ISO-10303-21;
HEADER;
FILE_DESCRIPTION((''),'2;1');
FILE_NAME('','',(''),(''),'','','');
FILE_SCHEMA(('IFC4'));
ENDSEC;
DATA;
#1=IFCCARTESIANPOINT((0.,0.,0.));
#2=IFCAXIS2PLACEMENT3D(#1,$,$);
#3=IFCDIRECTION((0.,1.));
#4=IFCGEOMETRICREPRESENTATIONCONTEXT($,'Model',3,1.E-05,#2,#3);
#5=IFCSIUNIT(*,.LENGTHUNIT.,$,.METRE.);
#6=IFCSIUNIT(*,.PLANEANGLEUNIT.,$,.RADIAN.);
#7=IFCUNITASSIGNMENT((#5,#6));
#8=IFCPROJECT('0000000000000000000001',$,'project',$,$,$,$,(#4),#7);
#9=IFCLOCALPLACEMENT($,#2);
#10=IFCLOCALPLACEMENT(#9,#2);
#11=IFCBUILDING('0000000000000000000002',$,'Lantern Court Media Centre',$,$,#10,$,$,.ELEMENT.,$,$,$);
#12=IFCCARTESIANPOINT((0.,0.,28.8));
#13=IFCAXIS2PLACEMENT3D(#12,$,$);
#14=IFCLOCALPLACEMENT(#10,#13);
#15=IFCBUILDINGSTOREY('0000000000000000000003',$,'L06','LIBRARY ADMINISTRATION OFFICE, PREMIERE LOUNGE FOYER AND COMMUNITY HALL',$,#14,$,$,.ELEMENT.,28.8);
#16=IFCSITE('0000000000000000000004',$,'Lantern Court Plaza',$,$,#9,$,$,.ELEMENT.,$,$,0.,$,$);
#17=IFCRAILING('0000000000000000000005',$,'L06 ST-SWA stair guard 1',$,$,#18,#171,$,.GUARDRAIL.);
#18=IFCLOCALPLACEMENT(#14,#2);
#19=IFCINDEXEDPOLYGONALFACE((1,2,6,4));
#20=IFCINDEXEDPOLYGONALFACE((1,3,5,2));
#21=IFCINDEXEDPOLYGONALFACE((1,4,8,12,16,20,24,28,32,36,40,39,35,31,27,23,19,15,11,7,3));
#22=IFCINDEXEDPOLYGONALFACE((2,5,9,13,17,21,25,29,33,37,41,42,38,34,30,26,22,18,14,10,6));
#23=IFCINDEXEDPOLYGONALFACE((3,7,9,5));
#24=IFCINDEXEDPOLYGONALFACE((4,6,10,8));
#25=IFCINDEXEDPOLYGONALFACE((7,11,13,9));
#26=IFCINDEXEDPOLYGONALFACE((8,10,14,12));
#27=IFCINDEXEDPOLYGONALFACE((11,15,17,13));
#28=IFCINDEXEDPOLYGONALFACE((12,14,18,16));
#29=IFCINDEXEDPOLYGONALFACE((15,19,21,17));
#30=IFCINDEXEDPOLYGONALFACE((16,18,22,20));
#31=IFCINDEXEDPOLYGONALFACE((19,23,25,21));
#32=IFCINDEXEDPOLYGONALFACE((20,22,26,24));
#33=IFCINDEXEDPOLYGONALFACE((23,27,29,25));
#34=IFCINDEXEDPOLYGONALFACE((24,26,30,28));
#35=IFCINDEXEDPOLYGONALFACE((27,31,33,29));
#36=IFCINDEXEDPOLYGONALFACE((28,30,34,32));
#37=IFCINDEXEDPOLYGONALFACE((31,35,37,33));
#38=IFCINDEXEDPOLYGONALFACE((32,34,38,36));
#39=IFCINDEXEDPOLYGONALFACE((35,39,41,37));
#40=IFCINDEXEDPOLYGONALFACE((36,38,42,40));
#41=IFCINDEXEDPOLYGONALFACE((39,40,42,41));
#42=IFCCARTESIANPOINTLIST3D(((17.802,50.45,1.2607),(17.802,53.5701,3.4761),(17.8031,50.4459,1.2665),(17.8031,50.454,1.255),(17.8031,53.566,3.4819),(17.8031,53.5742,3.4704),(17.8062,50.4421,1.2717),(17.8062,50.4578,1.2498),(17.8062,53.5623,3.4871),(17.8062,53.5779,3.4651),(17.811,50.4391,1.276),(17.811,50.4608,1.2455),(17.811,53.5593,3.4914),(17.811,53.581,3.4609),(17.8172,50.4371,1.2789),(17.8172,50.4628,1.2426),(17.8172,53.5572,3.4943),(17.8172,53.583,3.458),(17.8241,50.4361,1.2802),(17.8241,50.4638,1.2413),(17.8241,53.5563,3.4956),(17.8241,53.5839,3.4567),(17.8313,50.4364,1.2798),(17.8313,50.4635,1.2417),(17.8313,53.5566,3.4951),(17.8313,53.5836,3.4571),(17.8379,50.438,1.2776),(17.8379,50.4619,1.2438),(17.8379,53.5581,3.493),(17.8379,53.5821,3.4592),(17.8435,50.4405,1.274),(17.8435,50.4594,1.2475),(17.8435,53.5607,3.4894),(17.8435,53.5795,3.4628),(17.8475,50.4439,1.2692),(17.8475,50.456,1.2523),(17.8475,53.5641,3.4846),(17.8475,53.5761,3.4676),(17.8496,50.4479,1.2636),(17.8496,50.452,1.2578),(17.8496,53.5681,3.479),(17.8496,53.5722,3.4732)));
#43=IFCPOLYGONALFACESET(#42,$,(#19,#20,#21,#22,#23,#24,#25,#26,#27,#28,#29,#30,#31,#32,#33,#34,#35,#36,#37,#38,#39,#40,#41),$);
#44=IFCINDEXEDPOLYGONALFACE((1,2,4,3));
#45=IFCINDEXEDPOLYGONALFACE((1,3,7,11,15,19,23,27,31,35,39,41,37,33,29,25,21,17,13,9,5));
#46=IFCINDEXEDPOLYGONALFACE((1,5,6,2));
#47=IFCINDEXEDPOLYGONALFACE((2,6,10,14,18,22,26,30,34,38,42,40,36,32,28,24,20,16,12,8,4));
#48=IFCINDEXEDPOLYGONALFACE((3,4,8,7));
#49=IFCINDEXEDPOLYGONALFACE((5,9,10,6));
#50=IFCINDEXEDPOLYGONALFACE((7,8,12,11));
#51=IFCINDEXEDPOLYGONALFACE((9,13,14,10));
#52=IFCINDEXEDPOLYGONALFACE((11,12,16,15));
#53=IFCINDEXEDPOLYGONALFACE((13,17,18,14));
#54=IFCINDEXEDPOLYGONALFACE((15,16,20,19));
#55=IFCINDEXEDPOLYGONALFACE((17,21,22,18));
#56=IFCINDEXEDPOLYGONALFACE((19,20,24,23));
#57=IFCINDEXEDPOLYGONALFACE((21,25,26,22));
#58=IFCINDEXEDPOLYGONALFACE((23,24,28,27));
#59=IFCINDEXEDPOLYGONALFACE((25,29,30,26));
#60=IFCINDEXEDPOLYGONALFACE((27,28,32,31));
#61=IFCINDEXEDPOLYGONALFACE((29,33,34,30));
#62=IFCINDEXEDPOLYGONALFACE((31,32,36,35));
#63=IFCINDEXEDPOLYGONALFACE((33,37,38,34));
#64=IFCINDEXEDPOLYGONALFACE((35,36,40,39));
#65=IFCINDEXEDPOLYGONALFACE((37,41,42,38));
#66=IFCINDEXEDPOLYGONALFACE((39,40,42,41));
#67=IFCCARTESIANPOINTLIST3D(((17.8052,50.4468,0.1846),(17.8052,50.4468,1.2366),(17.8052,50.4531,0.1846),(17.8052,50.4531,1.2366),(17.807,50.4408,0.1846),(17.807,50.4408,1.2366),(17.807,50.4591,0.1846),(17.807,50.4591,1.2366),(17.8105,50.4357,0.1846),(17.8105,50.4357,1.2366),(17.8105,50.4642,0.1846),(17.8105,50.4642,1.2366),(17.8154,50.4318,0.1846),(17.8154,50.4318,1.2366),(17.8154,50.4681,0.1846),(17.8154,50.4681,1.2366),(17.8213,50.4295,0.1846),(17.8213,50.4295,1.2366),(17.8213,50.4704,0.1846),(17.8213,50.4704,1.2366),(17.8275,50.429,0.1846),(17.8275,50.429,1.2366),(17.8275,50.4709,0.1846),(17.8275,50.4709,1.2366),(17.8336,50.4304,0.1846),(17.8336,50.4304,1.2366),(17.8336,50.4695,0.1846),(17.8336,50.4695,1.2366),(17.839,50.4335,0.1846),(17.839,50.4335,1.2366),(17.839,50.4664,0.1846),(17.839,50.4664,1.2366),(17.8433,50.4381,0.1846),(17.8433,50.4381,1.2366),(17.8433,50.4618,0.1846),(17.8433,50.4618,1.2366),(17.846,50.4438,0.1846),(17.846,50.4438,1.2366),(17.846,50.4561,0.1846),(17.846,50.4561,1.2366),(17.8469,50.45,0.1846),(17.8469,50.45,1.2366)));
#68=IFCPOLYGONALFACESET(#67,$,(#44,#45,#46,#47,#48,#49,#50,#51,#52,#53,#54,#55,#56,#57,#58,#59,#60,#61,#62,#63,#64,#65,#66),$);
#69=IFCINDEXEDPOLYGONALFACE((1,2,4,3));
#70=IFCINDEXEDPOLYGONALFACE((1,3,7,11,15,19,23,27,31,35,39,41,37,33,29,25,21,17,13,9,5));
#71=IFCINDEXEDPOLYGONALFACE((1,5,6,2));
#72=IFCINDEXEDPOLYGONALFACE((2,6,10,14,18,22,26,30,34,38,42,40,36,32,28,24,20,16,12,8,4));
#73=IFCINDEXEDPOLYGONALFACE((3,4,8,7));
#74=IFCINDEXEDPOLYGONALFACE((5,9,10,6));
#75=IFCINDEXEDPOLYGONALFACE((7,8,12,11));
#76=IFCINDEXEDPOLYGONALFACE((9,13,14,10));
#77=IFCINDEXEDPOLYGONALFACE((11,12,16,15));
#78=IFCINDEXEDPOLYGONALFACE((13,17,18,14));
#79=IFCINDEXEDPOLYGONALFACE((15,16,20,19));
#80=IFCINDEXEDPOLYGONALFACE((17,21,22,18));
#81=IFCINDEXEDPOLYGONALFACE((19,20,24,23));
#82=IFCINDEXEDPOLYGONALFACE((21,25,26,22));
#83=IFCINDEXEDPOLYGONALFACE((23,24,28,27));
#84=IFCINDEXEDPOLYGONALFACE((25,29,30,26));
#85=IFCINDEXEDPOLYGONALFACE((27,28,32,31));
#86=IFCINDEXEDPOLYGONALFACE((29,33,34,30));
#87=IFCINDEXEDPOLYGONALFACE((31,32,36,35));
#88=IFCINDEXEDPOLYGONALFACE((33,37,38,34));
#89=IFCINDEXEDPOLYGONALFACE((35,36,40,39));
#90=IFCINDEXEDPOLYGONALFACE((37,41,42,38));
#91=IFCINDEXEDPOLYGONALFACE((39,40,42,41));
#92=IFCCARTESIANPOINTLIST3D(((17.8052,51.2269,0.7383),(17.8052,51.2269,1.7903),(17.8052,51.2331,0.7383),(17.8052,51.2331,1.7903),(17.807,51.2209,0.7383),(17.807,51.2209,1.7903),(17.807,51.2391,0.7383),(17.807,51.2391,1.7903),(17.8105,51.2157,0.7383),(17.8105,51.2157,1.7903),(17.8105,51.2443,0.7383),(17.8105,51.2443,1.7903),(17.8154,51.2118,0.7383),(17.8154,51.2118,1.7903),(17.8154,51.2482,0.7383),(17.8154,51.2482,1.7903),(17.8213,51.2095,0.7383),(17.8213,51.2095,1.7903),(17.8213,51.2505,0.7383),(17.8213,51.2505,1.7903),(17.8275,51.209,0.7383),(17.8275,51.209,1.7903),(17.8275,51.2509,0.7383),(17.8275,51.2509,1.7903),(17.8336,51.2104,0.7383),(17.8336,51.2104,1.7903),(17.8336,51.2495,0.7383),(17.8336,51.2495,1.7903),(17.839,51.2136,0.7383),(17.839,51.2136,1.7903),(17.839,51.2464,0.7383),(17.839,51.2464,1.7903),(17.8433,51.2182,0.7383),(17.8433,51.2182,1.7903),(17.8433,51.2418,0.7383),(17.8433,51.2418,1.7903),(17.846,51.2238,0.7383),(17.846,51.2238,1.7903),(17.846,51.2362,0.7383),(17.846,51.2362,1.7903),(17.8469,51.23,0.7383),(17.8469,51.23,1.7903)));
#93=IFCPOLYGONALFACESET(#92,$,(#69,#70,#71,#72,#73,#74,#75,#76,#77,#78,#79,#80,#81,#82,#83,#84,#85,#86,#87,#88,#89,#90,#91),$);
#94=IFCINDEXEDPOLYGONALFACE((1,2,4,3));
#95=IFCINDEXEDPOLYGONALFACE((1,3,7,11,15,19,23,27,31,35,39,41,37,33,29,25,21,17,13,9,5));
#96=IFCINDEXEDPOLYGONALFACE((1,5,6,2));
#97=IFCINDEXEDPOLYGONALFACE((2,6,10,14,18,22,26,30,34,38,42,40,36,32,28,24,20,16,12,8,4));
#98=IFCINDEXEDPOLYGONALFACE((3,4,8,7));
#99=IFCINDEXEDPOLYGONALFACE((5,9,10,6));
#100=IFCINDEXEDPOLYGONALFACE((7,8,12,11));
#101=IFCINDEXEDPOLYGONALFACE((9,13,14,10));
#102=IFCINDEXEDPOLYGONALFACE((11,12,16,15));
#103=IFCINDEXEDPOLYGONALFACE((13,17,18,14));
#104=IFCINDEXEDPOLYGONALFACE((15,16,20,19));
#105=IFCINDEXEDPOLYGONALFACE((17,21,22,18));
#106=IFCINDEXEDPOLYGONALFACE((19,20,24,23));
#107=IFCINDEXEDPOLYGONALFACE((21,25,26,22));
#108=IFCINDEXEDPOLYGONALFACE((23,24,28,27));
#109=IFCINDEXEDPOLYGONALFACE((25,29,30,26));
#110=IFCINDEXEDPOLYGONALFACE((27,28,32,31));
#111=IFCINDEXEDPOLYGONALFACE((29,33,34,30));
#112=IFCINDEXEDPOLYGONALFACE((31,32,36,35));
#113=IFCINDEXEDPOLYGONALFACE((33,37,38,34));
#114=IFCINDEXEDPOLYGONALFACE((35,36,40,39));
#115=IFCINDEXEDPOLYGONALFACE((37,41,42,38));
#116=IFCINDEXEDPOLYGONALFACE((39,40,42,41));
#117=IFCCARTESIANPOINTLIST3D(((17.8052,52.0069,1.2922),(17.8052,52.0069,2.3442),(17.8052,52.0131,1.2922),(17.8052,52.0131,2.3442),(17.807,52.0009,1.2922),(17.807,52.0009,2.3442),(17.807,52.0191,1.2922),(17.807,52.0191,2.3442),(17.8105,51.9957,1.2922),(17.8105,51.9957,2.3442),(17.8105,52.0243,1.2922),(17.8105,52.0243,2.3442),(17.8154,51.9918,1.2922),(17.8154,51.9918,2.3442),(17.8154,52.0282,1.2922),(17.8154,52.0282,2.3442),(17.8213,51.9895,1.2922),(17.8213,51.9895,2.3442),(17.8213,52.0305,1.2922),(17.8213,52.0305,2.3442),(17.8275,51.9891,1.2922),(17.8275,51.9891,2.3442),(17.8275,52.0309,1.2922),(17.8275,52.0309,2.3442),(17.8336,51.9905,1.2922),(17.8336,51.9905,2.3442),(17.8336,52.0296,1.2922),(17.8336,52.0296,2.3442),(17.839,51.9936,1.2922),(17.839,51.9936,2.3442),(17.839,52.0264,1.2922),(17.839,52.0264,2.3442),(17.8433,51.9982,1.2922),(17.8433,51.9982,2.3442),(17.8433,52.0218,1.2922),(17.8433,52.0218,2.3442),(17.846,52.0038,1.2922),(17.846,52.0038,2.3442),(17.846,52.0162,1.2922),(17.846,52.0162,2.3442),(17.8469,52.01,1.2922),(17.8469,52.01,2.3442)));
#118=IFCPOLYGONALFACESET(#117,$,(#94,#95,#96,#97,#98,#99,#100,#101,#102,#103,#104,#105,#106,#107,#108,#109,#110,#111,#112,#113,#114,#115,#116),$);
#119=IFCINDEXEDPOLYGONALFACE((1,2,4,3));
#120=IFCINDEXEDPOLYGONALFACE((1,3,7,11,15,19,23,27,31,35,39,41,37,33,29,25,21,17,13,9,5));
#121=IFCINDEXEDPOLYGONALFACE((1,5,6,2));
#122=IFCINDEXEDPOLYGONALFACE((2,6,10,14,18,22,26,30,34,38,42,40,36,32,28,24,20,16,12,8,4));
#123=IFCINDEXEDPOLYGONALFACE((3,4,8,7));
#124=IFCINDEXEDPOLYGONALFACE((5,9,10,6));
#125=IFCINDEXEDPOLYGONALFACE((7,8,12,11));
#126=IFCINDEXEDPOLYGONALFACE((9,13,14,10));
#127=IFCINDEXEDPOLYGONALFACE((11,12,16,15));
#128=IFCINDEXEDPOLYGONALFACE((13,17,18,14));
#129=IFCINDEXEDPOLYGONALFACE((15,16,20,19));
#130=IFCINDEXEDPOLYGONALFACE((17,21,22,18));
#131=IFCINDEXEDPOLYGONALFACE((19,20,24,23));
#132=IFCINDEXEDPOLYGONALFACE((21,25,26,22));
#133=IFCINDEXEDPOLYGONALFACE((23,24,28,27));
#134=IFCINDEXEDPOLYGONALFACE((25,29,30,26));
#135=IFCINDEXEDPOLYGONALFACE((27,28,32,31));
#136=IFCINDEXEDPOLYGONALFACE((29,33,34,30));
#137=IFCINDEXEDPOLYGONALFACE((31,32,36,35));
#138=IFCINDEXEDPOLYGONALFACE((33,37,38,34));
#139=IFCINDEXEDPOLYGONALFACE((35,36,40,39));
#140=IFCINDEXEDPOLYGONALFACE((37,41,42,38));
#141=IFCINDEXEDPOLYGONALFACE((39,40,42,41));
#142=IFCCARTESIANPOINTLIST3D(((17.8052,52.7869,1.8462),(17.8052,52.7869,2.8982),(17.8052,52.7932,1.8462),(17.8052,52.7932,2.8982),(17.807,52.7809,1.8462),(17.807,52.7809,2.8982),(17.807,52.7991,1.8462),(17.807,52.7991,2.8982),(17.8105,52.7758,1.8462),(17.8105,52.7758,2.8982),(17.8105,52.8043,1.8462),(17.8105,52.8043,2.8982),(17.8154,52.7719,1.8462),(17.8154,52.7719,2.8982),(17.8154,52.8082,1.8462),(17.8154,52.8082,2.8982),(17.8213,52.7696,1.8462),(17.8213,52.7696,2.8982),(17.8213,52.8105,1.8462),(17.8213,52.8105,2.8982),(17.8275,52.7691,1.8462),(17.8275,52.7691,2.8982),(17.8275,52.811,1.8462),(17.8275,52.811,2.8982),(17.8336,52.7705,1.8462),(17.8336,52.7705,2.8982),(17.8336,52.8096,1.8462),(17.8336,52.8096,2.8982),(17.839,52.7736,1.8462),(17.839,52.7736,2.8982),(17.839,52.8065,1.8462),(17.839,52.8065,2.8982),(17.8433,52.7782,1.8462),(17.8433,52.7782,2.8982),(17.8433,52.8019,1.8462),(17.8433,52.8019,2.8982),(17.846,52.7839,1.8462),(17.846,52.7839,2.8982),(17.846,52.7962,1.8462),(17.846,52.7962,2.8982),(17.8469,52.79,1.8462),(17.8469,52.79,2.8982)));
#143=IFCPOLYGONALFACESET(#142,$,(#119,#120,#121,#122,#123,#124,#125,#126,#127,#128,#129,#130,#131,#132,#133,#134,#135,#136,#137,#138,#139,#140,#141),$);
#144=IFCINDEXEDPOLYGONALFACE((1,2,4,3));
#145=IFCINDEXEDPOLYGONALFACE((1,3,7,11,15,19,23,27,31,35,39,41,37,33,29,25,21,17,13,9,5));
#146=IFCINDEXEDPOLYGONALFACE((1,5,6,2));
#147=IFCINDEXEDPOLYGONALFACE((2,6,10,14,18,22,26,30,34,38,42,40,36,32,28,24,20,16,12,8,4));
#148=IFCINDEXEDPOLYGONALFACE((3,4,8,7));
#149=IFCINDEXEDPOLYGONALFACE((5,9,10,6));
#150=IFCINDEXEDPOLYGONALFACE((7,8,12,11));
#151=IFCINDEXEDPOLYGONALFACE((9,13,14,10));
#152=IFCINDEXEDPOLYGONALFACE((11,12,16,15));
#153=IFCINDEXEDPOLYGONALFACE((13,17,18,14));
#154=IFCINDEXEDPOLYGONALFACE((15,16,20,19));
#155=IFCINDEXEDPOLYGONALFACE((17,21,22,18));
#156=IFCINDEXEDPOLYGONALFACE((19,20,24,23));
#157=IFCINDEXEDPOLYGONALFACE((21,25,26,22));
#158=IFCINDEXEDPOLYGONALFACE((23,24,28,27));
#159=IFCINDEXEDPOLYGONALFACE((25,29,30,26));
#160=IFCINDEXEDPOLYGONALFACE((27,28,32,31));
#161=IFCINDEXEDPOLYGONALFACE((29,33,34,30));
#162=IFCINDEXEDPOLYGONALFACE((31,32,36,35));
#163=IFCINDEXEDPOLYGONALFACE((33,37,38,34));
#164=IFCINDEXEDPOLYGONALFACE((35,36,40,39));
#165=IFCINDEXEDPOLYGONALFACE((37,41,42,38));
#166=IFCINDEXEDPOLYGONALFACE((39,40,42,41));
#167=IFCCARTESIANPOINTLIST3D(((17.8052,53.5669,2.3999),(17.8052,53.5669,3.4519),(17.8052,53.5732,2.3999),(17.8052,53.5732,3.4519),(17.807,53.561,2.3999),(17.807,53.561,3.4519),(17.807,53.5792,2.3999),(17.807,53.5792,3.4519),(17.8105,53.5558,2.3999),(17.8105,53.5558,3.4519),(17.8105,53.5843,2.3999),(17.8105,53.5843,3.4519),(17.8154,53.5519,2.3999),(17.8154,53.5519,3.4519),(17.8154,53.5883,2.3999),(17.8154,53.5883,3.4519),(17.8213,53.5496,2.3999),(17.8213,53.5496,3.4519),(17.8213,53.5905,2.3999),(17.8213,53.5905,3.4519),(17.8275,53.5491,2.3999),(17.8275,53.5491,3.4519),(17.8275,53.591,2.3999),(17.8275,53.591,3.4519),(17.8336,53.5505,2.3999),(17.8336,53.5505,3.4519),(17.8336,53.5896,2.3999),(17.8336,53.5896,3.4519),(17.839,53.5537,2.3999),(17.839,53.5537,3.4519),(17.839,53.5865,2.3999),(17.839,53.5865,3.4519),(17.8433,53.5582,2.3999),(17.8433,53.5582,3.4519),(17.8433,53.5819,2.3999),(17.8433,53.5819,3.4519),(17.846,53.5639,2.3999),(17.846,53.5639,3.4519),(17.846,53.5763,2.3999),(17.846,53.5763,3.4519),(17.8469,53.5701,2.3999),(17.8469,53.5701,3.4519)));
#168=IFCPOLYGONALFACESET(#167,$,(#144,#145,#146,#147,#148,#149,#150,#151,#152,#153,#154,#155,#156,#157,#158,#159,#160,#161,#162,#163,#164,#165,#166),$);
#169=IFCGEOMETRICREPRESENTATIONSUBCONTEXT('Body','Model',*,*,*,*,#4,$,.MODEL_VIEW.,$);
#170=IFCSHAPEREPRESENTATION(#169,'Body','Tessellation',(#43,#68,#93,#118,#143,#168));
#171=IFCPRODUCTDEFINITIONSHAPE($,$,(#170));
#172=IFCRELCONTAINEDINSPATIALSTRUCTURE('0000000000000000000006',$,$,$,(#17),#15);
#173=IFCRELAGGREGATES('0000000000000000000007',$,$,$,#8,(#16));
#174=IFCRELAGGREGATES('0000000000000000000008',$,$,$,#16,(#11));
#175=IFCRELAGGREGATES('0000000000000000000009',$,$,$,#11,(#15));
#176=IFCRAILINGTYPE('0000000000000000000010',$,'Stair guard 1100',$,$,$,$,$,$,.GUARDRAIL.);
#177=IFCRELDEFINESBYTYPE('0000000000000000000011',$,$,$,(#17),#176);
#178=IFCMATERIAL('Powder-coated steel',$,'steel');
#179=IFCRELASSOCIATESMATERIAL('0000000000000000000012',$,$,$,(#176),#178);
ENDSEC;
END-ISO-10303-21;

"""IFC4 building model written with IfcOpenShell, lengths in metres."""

from ifc_helpers import new_model, si_unit, direction, frame, origin, origin_2d, place, context, subcontext, project, spatial, circle, extrude, material, type_object, element, save


model = new_model("IFC4")

# Units and contexts
model_context = context("Model", 3, precision=1e-05, world=origin(), true_north=direction((0.0, 1.0)))
body_context = subcontext(model_context, "Body", "Model", "MODEL_VIEW")
ifc_project = project(units=[si_unit("LENGTHUNIT", "METRE"), si_unit("PLANEANGLEUNIT", "RADIAN")], contexts=[model_context])

# Site, building, storey
site_placement = place(None, origin())
site = spatial("IfcSite", under=ifc_project, at=site_placement, Name="Lantern Court Plaza", CompositionType="ELEMENT", RefElevation=0.0)
building_placement = place(site_placement, origin())
building = spatial("IfcBuilding", under=site, at=building_placement, Name="Lantern Court Media Centre", CompositionType="ELEMENT")
storey_placement = place(building_placement, frame((0.0, 0.0, 28.8)))
storey = spatial("IfcBuildingStorey", under=building, at=storey_placement, Name="L06", Description="LIBRARY ADMINISTRATION OFFICE, PREMIERE LOUNGE FOYER AND COMMUNITY HALL", CompositionType="ELEMENT", Elevation=28.8)

# Shared definitions
ifc_material_1 = material(Name="Powder-coated steel", Category="steel")

# Railing
railing_type_1 = type_object("IfcRailingType", Name="Stair guard 1100", PredefinedType="GUARDRAIL", material=ifc_material_1)
railing_1_placement = place(storey_placement, frame((17.8259, 50.45, 0.1846)))
element("IfcRailing", 1, at=railing_1_placement, inside=storey, type_object=railing_type_1, Name="L06 ST-SWA stair guard 1", PredefinedType="GUARDRAIL", context=body_context, shape_type="SweptSolid", body=[
    extrude(circle(Radius=0.0239, at=origin_2d()), frame((0.0, 0.0, 1.0762), z_axis=(0.0, 0.815377, 0.57893), x_axis=(-1.0, 0.0, 0.0)), (0.0, 0.0, 1.0), 3.8267),
    extrude(circle(Radius=0.021, at=origin_2d()), origin(), (0.0, 0.0, 1.0), 1.052),
    extrude(circle(Radius=0.021, at=origin_2d()), frame((0.0, 0.78, 0.5537)), (0.0, 0.0, 1.0), 1.052),
    extrude(circle(Radius=0.021, at=origin_2d()), frame((0.0, 1.5601, 1.1077)), (0.0, 0.0, 1.0), 1.052),
    extrude(circle(Radius=0.021, at=origin_2d()), frame((0.0, 2.3401, 1.6616)), (0.0, 0.0, 1.0), 1.052),
    extrude(circle(Radius=0.021, at=origin_2d()), frame((0.0, 3.1201, 2.2153)), (0.0, 0.0, 1.0), 1.052),
])

save(model, "model.ifc")
